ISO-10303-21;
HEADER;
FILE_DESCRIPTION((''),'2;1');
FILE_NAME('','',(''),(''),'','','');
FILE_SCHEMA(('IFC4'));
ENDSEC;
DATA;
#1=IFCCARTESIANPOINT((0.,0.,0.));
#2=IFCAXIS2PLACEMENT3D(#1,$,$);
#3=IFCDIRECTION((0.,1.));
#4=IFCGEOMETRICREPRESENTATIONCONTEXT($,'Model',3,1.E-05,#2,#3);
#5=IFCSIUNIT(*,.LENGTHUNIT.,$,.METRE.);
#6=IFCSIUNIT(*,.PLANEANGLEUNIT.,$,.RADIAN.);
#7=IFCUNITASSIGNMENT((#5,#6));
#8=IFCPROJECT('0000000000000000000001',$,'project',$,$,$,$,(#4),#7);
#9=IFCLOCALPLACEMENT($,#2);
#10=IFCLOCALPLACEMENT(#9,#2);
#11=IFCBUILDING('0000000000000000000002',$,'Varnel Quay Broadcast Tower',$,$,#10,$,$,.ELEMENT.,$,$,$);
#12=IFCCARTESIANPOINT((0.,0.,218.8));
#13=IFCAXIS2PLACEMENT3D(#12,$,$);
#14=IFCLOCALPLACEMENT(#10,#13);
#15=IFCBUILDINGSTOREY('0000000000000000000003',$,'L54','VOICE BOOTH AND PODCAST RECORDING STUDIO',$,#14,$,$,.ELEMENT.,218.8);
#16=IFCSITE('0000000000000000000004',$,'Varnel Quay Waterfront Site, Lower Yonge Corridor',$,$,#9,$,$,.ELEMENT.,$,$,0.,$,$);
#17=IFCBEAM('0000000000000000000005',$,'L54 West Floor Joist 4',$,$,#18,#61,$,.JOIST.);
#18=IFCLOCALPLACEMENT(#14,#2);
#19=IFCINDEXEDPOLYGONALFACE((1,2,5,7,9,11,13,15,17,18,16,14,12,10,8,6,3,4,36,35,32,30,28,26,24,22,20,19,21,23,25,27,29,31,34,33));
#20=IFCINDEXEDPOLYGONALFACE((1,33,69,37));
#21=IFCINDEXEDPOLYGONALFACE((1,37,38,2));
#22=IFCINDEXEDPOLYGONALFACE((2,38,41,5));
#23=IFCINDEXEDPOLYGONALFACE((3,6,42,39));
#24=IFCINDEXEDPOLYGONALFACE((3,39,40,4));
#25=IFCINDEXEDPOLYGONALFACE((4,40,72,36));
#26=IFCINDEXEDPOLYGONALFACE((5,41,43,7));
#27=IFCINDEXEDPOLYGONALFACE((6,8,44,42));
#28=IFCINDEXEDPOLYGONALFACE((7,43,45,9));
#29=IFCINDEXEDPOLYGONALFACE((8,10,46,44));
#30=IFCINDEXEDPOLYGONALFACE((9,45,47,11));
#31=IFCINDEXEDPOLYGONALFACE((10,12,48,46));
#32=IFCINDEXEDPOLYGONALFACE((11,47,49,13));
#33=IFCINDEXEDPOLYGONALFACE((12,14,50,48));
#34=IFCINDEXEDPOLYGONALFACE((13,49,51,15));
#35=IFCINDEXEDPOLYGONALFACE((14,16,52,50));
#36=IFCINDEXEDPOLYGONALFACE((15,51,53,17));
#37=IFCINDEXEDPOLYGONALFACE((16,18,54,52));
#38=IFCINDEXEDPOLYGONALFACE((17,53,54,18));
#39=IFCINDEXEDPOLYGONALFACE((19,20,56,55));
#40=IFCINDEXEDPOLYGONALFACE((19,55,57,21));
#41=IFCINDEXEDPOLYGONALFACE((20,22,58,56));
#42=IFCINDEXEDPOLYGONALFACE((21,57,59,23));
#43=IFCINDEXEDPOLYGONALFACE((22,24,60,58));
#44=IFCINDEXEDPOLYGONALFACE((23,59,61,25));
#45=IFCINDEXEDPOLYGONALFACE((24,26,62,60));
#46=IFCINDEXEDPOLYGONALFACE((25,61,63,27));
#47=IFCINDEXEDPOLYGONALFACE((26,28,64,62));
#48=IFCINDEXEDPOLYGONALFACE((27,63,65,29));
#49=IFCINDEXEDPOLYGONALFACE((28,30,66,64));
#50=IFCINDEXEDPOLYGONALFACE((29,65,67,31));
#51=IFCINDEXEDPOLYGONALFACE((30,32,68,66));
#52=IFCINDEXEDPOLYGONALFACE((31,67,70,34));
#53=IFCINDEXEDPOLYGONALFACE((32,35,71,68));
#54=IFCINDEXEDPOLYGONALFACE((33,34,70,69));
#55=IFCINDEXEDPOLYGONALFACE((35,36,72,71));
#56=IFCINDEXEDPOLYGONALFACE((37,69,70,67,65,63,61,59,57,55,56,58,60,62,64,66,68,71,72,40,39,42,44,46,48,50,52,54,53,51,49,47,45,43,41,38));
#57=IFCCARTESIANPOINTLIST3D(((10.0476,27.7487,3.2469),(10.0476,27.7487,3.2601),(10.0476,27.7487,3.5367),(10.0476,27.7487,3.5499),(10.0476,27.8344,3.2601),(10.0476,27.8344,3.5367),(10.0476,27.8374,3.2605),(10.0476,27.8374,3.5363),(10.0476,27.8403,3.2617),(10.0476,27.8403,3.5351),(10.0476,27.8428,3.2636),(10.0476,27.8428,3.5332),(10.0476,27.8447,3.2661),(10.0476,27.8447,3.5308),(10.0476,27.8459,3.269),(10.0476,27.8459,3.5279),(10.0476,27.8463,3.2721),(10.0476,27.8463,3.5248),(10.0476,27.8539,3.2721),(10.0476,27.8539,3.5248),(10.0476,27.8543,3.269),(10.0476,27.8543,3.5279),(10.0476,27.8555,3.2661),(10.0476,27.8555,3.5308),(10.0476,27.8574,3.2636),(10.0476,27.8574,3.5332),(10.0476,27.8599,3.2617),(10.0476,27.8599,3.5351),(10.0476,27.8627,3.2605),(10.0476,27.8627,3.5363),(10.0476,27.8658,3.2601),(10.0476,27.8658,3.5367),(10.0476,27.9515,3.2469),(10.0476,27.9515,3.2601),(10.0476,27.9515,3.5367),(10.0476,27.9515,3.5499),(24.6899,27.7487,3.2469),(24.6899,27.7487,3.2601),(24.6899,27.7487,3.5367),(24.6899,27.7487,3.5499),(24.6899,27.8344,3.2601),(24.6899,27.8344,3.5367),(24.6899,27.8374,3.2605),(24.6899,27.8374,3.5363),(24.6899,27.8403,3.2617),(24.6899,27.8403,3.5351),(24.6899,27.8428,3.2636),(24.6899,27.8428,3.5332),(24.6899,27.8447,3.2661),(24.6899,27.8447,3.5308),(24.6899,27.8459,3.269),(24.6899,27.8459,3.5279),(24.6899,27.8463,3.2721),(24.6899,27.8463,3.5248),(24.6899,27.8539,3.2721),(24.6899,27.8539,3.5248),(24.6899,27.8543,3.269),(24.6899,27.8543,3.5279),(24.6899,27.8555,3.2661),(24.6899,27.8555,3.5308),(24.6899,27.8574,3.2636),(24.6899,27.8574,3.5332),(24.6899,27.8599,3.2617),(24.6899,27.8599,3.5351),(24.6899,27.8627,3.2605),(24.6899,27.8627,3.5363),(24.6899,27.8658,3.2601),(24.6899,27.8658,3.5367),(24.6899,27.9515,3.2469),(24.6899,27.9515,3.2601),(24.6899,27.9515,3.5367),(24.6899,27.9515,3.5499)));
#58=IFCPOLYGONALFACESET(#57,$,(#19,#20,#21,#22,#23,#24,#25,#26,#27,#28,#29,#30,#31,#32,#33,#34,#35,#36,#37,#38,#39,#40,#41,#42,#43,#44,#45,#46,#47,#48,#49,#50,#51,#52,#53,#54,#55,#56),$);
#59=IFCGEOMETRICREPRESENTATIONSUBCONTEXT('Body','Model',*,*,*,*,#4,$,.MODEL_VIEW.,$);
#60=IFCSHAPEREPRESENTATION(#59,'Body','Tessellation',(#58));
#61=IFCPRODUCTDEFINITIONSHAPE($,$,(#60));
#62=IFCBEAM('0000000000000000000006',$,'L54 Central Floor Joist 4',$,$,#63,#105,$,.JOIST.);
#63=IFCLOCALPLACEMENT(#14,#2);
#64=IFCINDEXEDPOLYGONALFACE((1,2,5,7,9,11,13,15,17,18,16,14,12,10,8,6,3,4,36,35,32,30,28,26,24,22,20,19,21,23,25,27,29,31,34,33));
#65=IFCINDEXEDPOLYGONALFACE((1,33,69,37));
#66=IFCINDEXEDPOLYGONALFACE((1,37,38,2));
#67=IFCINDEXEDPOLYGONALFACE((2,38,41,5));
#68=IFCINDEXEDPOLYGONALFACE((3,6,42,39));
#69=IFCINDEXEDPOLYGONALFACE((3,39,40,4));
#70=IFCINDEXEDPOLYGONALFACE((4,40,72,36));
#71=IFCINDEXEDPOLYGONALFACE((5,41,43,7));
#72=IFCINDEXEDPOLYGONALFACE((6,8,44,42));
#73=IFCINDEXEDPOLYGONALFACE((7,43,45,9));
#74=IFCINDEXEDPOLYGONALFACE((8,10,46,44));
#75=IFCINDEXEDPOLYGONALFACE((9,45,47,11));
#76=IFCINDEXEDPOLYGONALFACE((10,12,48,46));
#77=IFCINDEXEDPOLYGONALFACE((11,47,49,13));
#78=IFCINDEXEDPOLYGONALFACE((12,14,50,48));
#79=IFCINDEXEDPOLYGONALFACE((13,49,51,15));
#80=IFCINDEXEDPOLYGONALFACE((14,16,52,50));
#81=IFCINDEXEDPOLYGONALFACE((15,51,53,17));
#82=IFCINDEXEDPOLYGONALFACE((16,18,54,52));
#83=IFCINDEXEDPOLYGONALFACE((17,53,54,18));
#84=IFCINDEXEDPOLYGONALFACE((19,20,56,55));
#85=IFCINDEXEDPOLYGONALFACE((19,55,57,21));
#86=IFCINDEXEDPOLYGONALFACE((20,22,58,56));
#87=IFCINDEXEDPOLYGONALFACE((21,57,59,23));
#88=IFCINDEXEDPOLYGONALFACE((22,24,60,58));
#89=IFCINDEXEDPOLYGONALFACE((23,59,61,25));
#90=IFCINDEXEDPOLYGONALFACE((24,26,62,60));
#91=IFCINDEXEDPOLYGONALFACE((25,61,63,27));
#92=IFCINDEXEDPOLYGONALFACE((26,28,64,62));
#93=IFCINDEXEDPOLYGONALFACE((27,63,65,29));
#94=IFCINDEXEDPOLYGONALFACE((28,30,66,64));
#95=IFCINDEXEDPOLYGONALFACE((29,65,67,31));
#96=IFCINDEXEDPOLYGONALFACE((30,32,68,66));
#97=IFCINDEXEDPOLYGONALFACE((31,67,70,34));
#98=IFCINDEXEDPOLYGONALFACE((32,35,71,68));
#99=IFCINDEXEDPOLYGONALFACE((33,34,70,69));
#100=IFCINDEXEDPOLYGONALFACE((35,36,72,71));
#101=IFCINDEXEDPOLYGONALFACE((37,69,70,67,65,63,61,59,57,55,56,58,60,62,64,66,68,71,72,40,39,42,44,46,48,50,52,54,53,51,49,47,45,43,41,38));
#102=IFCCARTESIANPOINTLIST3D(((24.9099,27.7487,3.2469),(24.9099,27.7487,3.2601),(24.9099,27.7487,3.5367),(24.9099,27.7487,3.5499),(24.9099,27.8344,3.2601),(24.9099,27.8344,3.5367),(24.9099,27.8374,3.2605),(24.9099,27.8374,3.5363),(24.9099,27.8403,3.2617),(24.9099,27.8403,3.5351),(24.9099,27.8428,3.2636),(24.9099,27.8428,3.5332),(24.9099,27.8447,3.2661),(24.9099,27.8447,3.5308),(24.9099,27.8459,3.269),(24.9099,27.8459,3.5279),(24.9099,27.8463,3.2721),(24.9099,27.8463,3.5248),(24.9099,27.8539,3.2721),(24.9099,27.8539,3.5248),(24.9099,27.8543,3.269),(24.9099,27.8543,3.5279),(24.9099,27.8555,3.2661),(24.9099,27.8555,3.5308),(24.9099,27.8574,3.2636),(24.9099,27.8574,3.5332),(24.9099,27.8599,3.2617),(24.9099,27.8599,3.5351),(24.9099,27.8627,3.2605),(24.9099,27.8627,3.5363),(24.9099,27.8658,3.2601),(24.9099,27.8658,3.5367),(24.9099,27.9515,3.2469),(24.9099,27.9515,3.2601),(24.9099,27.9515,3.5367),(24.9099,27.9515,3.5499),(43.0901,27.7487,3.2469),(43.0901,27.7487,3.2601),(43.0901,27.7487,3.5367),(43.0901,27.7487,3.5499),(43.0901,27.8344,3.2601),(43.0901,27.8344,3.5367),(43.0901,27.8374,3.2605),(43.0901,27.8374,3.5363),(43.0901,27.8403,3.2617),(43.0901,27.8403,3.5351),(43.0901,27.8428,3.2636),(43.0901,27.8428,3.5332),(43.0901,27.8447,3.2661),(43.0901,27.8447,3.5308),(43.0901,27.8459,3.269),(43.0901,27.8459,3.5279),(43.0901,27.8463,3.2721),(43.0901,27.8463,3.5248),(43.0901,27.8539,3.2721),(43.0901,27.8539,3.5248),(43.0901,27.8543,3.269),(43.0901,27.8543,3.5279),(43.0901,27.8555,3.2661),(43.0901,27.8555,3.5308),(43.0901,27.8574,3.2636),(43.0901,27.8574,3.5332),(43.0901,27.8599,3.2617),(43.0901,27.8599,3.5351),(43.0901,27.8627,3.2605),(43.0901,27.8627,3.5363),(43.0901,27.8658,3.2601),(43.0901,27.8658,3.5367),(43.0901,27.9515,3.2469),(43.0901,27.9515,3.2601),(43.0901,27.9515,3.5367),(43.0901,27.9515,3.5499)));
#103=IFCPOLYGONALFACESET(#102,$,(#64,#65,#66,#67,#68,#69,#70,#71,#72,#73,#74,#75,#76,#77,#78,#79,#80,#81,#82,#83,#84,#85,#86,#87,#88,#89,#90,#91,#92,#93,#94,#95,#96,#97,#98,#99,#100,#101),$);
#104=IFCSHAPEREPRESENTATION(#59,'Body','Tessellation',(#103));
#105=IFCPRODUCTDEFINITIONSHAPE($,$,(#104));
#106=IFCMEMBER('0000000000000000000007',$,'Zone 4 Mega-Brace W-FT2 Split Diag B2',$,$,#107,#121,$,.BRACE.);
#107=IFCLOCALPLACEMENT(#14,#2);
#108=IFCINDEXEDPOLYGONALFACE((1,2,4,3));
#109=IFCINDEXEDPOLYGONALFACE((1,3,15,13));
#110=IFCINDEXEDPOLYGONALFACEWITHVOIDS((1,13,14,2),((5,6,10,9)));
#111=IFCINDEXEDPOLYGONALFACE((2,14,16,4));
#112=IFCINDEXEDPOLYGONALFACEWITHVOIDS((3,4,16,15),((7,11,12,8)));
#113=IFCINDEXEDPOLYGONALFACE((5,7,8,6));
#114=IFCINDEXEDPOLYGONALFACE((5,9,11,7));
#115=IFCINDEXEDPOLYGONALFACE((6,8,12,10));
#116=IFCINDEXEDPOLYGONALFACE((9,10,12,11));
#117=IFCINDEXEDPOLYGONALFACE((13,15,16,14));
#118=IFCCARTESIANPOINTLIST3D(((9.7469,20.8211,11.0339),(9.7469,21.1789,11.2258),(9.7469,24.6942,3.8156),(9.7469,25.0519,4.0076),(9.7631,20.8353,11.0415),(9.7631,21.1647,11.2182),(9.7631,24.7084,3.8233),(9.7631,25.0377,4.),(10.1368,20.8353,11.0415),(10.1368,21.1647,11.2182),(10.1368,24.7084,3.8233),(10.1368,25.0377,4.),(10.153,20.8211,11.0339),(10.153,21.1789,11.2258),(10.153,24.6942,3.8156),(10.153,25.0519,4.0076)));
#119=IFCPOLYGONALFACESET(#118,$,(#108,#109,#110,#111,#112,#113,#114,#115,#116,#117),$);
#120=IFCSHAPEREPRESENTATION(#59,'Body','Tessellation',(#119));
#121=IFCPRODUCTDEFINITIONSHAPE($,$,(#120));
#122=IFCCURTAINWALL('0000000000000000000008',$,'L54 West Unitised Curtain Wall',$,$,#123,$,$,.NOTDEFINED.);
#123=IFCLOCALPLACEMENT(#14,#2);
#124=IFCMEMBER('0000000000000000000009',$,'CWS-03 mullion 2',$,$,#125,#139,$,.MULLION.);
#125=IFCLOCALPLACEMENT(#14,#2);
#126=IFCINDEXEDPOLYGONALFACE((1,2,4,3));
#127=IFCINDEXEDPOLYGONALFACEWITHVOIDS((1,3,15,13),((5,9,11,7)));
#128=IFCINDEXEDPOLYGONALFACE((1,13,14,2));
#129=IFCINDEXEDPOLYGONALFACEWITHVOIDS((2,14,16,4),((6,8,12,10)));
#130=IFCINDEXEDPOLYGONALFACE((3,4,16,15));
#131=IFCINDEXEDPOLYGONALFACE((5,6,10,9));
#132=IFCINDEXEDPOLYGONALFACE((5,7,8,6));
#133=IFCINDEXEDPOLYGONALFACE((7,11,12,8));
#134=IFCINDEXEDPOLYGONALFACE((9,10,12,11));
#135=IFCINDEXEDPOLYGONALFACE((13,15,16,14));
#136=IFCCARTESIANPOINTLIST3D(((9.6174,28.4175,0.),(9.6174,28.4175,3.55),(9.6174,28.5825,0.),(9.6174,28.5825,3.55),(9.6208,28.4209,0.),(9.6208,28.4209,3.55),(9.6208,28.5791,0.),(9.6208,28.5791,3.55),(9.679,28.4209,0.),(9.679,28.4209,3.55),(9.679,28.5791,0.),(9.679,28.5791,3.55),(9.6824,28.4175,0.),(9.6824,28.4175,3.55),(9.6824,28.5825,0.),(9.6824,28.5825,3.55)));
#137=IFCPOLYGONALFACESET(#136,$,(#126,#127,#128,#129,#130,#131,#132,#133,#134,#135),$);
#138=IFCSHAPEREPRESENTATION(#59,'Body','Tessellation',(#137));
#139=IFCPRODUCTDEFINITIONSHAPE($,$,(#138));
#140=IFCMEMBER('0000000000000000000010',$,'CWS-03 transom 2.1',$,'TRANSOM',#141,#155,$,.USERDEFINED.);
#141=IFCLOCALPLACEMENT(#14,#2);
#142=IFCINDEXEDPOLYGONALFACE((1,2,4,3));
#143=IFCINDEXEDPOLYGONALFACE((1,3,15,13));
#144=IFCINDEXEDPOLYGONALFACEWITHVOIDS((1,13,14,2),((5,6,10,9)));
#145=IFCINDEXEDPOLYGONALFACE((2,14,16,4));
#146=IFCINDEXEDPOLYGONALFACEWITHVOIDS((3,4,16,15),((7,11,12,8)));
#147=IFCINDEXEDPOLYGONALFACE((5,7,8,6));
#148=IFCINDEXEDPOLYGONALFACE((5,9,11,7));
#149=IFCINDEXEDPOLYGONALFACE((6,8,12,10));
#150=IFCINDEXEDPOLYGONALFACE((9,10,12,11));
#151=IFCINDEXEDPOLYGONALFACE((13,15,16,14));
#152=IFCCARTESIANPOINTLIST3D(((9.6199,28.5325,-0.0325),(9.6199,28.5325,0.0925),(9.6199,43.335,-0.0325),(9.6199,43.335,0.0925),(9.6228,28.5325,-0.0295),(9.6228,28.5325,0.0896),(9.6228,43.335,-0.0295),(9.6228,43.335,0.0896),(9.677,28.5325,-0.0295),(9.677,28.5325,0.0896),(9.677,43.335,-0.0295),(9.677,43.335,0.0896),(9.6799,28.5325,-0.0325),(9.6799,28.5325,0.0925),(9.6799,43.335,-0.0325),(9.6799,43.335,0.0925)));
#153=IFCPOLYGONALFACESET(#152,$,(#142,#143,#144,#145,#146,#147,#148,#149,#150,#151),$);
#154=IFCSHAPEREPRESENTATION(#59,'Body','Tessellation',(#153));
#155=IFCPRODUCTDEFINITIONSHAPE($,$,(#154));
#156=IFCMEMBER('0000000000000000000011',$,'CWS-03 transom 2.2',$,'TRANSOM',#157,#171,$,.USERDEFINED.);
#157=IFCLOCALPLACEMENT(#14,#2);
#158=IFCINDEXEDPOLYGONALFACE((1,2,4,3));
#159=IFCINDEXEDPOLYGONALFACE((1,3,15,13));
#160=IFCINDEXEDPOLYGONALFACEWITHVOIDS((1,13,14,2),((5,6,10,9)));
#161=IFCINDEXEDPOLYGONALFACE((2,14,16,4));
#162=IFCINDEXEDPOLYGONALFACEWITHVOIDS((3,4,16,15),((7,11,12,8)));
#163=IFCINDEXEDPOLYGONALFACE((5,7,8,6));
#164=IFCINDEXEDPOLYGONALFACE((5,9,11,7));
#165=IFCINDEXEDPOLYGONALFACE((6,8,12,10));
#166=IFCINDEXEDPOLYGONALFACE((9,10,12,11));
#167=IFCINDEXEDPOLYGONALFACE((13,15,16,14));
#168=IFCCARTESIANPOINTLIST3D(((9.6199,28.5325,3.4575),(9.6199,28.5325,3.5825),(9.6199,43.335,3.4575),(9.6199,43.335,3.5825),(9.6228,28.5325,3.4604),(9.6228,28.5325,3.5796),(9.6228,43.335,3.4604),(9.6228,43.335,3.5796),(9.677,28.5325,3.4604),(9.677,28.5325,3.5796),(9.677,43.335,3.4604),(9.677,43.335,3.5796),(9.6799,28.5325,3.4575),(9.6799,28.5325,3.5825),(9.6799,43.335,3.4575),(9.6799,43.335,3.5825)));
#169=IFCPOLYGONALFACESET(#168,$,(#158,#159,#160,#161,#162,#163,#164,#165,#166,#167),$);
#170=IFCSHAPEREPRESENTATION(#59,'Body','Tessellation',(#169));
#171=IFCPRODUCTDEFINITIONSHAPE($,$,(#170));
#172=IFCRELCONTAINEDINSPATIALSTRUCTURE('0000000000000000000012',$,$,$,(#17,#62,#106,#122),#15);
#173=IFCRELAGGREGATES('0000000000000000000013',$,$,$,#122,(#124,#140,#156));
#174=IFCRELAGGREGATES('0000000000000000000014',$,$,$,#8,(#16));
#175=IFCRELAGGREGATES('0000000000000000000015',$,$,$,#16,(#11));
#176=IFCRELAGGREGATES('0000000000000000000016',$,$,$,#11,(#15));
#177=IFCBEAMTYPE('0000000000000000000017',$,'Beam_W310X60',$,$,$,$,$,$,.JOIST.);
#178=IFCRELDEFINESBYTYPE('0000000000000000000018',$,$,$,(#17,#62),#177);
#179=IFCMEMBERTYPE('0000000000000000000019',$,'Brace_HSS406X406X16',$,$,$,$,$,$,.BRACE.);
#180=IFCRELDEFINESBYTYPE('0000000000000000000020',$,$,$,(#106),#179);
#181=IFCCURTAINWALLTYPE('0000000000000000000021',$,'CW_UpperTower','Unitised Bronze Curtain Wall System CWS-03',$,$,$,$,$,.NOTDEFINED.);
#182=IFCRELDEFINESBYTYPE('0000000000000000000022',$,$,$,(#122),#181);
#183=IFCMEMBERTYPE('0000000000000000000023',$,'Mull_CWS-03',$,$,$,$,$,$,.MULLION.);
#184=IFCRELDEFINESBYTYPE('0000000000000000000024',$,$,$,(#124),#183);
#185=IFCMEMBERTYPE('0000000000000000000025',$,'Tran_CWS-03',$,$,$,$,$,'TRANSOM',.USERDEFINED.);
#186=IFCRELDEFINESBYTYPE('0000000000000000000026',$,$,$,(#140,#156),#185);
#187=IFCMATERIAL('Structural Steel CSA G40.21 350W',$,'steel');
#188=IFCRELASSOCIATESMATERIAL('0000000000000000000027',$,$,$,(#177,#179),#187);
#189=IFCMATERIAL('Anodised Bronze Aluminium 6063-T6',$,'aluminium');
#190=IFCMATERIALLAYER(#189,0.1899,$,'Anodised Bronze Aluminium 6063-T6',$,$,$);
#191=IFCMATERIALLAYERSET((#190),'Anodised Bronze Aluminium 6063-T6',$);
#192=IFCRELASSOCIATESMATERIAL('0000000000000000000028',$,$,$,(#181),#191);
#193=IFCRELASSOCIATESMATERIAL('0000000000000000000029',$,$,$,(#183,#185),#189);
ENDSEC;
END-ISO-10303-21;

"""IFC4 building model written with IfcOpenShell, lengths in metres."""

from ifc_helpers import new_model, si_unit, direction, frame, origin, origin_2d, place, context, subcontext, project, spatial, hollow_rectangle, i_section, extrude, source, transform, mapped, material, layer, layer_set, material_profile, profile_set, type_object, type_shapes, element, aggregate, save


model = new_model("IFC4")

# Units and contexts
model_context = context("Model", 3, precision=1e-05, world=origin(), true_north=direction((0.0, 1.0)))
body_context = subcontext(model_context, "Body", "Model", "MODEL_VIEW")
ifc_project = project(units=[si_unit("LENGTHUNIT", "METRE"), si_unit("PLANEANGLEUNIT", "RADIAN")], contexts=[model_context])

# Site, building, storey
site_placement = place(None, origin())
site = spatial("IfcSite", under=ifc_project, at=site_placement, Name="Varnel Quay Waterfront Site, Lower Yonge Corridor", CompositionType="ELEMENT", RefElevation=0.0)
building_placement = place(site_placement, origin())
building = spatial("IfcBuilding", under=site, at=building_placement, Name="Varnel Quay Broadcast Tower", CompositionType="ELEMENT")
storey_placement = place(building_placement, frame((0.0, 0.0, 218.8)))
storey = spatial("IfcBuildingStorey", under=building, at=storey_placement, Name="L54", Description="VOICE BOOTH AND PODCAST RECORDING STUDIO", CompositionType="ELEMENT", Elevation=218.8)

# Shared definitions
ifc_material_1 = material(Name="Structural Steel CSA G40.21 350W", Category="steel")

# Beams
ifc_material_profile_1 = material_profile(ifc_material_1, i_section(OverallWidth=0.2029, OverallDepth=0.303, WebThickness=0.0076, FlangeThickness=0.0132, FilletRadius=0.012, at=origin_2d()), Name="W310X60")
ifc_profile_set_1 = profile_set([ifc_material_profile_1], Name="Structural Steel CSA G40.21 350W")
beam_type_1 = type_object("IfcBeamType", Name="Beam_W310X60", PredefinedType="JOIST", material=ifc_profile_set_1)
shared_shape_1 = source(origin(), body_context, "Body", "SweptSolid", [
    extrude(i_section(OverallWidth=0.2029, OverallDepth=0.303, WebThickness=0.0076, FlangeThickness=0.0132, FilletRadius=0.012, at=origin_2d()), origin(), (0.0, 0.0, 1.0), 14.6423),
])
beam_1_placement = place(storey_placement, frame((10.0476, 27.8501, 3.3984), z_axis=(1.0, 0.0, 0.0), x_axis=(0.0, 1.0, 0.0)))
element("IfcBeam", 1, at=beam_1_placement, inside=storey, type_object=beam_type_1, Name="L54 West Floor Joist 4", PredefinedType="JOIST", context=body_context, shape_type="MappedRepresentation", body=[
    mapped(shared_shape_1, transform((0.0, 0.0, 0.0), x_axis=(1.0, 0.0, 0.0), y_axis=(0.0, 1.0, 0.0), z_axis=(0.0, 0.0, 1.0), scale=1.0)),
])
shared_shape_2 = source(origin(), body_context, "Body", "SweptSolid", [
    extrude(i_section(OverallWidth=0.2029, OverallDepth=0.303, WebThickness=0.0076, FlangeThickness=0.0132, FilletRadius=0.012, at=origin_2d()), origin(), (0.0, 0.0, 1.0), 18.1802),
])
type_shapes(beam_type_1, [shared_shape_1, shared_shape_2])
beam_2_placement = place(storey_placement, frame((24.9099, 27.8501, 3.3984), z_axis=(1.0, 0.0, 0.0), x_axis=(0.0, 1.0, 0.0)))
element("IfcBeam", 2, at=beam_2_placement, inside=storey, type_object=beam_type_1, Name="L54 Central Floor Joist 4", PredefinedType="JOIST", context=body_context, shape_type="MappedRepresentation", body=[
    mapped(shared_shape_2, transform((0.0, 0.0, 0.0), x_axis=(1.0, 0.0, 0.0), y_axis=(0.0, 1.0, 0.0), z_axis=(0.0, 0.0, 1.0), scale=1.0)),
])

# Member
ifc_material_profile_2 = material_profile(ifc_material_1, hollow_rectangle(XDim=0.406, YDim=0.406, WallThickness=0.0161, at=origin_2d()), Name="HSS406X406X16")
ifc_profile_set_2 = profile_set([ifc_material_profile_2], Name="Structural Steel CSA G40.21 350W")
member_type_1 = type_object("IfcMemberType", Name="Brace_HSS406X406X16", PredefinedType="BRACE", material=ifc_profile_set_2)
shared_shape_3 = source(origin(), body_context, "Body", "SweptSolid", [
    extrude(hollow_rectangle(XDim=0.406, YDim=0.406, WallThickness=0.0161, at=origin_2d()), origin(), (0.0, 0.0, 1.0), 8.1917),
])
type_shapes(member_type_1, [shared_shape_3])
member_1_placement = place(storey_placement, frame((9.95, 24.873, 3.9116), z_axis=(0.0, -0.472802, 0.881169), x_axis=(1.0, 0.0, 0.0)))
element("IfcMember", 3, at=member_1_placement, inside=storey, type_object=member_type_1, Name="Zone 4 Mega-Brace W-FT2 Split Diag B2", PredefinedType="BRACE", context=body_context, shape_type="MappedRepresentation", body=[
    mapped(shared_shape_3, transform((0.0, 0.0, 0.0), x_axis=(1.0, 0.0, 0.0), y_axis=(0.0, 1.0, 0.0), z_axis=(0.0, 0.0, 1.0), scale=1.0)),
])

# Curtain wall, members
ifc_material_2 = material(Name="Anodised Bronze Aluminium 6063-T6", Category="aluminium")
ifc_layer_1 = layer(ifc_material_2, 0.1899, Name="Anodised Bronze Aluminium 6063-T6")
ifc_layer_set_1 = layer_set([ifc_layer_1], Name="Anodised Bronze Aluminium 6063-T6")
curtain_wall_type = type_object("IfcCurtainWallType", Name="CW_UpperTower", Description="Unitised Bronze Curtain Wall System CWS-03", PredefinedType="NOTDEFINED", material=ifc_layer_set_1)
curtain_wall_placement = place(storey_placement, origin())
curtain_wall = element("IfcCurtainWall", 4, at=curtain_wall_placement, inside=storey, type_object=curtain_wall_type, Name="L54 West Unitised Curtain Wall", PredefinedType="NOTDEFINED")
ifc_material_profile_3 = material_profile(ifc_material_2, hollow_rectangle(XDim=0.0649, YDim=0.165, WallThickness=0.0034, at=origin_2d()), Name="ALU65X165X3.5")
ifc_profile_set_3 = profile_set([ifc_material_profile_3], Name="Anodised Bronze Aluminium 6063-T6")
member_type_2 = type_object("IfcMemberType", Name="Mull_CWS-03", PredefinedType="MULLION", material=ifc_profile_set_3)
shared_shape_4 = source(origin(), body_context, "Body", "SweptSolid", [
    extrude(hollow_rectangle(XDim=0.0649, YDim=0.165, WallThickness=0.0034, at=origin_2d()), origin(), (0.0, 0.0, 1.0), 3.55),
])
type_shapes(member_type_2, [shared_shape_4])
member_2_placement = place(storey_placement, frame((9.6499, 28.5, 0.0), z_axis=(0.0, 0.0, 1.0), x_axis=(-1.0, 0.0, 0.0)))
member_2 = element("IfcMember", 5, at=member_2_placement, type_object=member_type_2, Name="CWS-03 mullion 2", PredefinedType="MULLION", context=body_context, shape_type="MappedRepresentation", body=[
    mapped(shared_shape_4, transform((0.0, 0.0, 0.0), x_axis=(1.0, 0.0, 0.0), y_axis=(0.0, 1.0, 0.0), z_axis=(0.0, 0.0, 1.0), scale=1.0)),
])
ifc_material_profile_4 = material_profile(ifc_material_2, hollow_rectangle(XDim=0.0601, YDim=0.125, WallThickness=0.0029, at=origin_2d()), Name="ALU60X125X3")
ifc_profile_set_4 = profile_set([ifc_material_profile_4], Name="Anodised Bronze Aluminium 6063-T6")
member_type_3 = type_object("IfcMemberType", Name="Tran_CWS-03", ElementType="TRANSOM", PredefinedType="USERDEFINED", material=ifc_profile_set_4)
shared_shape_5 = source(origin(), body_context, "Body", "SweptSolid", [
    extrude(hollow_rectangle(XDim=0.0601, YDim=0.125, WallThickness=0.0029, at=origin_2d()), origin(), (0.0, 0.0, 1.0), 14.8025),
])
type_shapes(member_type_3, [shared_shape_5])
member_3_placement = place(storey_placement, frame((9.6499, 28.5325, 0.03), z_axis=(0.0, 1.0, 0.0), x_axis=(-1.0, 0.0, 0.0)))
member_3 = element("IfcMember", 6, at=member_3_placement, type_object=member_type_3, Name="CWS-03 transom 2.1", ObjectType="TRANSOM", PredefinedType="USERDEFINED", context=body_context, shape_type="MappedRepresentation", body=[
    mapped(shared_shape_5, transform((0.0, 0.0, 0.0), x_axis=(1.0, 0.0, 0.0), y_axis=(0.0, 1.0, 0.0), z_axis=(0.0, 0.0, 1.0), scale=1.0)),
])
member_4_placement = place(storey_placement, frame((9.6499, 28.5325, 3.52), z_axis=(0.0, 1.0, 0.0), x_axis=(-1.0, 0.0, 0.0)))
member_4 = element("IfcMember", 7, at=member_4_placement, type_object=member_type_3, Name="CWS-03 transom 2.2", ObjectType="TRANSOM", PredefinedType="USERDEFINED", context=body_context, shape_type="MappedRepresentation", body=[
    mapped(shared_shape_5, transform((0.0, 0.0, 0.0), x_axis=(1.0, 0.0, 0.0), y_axis=(0.0, 1.0, 0.0), z_axis=(0.0, 0.0, 1.0), scale=1.0)),
])

aggregate(curtain_wall, [member_2, member_3, member_4])

save(model, "model.ifc")
